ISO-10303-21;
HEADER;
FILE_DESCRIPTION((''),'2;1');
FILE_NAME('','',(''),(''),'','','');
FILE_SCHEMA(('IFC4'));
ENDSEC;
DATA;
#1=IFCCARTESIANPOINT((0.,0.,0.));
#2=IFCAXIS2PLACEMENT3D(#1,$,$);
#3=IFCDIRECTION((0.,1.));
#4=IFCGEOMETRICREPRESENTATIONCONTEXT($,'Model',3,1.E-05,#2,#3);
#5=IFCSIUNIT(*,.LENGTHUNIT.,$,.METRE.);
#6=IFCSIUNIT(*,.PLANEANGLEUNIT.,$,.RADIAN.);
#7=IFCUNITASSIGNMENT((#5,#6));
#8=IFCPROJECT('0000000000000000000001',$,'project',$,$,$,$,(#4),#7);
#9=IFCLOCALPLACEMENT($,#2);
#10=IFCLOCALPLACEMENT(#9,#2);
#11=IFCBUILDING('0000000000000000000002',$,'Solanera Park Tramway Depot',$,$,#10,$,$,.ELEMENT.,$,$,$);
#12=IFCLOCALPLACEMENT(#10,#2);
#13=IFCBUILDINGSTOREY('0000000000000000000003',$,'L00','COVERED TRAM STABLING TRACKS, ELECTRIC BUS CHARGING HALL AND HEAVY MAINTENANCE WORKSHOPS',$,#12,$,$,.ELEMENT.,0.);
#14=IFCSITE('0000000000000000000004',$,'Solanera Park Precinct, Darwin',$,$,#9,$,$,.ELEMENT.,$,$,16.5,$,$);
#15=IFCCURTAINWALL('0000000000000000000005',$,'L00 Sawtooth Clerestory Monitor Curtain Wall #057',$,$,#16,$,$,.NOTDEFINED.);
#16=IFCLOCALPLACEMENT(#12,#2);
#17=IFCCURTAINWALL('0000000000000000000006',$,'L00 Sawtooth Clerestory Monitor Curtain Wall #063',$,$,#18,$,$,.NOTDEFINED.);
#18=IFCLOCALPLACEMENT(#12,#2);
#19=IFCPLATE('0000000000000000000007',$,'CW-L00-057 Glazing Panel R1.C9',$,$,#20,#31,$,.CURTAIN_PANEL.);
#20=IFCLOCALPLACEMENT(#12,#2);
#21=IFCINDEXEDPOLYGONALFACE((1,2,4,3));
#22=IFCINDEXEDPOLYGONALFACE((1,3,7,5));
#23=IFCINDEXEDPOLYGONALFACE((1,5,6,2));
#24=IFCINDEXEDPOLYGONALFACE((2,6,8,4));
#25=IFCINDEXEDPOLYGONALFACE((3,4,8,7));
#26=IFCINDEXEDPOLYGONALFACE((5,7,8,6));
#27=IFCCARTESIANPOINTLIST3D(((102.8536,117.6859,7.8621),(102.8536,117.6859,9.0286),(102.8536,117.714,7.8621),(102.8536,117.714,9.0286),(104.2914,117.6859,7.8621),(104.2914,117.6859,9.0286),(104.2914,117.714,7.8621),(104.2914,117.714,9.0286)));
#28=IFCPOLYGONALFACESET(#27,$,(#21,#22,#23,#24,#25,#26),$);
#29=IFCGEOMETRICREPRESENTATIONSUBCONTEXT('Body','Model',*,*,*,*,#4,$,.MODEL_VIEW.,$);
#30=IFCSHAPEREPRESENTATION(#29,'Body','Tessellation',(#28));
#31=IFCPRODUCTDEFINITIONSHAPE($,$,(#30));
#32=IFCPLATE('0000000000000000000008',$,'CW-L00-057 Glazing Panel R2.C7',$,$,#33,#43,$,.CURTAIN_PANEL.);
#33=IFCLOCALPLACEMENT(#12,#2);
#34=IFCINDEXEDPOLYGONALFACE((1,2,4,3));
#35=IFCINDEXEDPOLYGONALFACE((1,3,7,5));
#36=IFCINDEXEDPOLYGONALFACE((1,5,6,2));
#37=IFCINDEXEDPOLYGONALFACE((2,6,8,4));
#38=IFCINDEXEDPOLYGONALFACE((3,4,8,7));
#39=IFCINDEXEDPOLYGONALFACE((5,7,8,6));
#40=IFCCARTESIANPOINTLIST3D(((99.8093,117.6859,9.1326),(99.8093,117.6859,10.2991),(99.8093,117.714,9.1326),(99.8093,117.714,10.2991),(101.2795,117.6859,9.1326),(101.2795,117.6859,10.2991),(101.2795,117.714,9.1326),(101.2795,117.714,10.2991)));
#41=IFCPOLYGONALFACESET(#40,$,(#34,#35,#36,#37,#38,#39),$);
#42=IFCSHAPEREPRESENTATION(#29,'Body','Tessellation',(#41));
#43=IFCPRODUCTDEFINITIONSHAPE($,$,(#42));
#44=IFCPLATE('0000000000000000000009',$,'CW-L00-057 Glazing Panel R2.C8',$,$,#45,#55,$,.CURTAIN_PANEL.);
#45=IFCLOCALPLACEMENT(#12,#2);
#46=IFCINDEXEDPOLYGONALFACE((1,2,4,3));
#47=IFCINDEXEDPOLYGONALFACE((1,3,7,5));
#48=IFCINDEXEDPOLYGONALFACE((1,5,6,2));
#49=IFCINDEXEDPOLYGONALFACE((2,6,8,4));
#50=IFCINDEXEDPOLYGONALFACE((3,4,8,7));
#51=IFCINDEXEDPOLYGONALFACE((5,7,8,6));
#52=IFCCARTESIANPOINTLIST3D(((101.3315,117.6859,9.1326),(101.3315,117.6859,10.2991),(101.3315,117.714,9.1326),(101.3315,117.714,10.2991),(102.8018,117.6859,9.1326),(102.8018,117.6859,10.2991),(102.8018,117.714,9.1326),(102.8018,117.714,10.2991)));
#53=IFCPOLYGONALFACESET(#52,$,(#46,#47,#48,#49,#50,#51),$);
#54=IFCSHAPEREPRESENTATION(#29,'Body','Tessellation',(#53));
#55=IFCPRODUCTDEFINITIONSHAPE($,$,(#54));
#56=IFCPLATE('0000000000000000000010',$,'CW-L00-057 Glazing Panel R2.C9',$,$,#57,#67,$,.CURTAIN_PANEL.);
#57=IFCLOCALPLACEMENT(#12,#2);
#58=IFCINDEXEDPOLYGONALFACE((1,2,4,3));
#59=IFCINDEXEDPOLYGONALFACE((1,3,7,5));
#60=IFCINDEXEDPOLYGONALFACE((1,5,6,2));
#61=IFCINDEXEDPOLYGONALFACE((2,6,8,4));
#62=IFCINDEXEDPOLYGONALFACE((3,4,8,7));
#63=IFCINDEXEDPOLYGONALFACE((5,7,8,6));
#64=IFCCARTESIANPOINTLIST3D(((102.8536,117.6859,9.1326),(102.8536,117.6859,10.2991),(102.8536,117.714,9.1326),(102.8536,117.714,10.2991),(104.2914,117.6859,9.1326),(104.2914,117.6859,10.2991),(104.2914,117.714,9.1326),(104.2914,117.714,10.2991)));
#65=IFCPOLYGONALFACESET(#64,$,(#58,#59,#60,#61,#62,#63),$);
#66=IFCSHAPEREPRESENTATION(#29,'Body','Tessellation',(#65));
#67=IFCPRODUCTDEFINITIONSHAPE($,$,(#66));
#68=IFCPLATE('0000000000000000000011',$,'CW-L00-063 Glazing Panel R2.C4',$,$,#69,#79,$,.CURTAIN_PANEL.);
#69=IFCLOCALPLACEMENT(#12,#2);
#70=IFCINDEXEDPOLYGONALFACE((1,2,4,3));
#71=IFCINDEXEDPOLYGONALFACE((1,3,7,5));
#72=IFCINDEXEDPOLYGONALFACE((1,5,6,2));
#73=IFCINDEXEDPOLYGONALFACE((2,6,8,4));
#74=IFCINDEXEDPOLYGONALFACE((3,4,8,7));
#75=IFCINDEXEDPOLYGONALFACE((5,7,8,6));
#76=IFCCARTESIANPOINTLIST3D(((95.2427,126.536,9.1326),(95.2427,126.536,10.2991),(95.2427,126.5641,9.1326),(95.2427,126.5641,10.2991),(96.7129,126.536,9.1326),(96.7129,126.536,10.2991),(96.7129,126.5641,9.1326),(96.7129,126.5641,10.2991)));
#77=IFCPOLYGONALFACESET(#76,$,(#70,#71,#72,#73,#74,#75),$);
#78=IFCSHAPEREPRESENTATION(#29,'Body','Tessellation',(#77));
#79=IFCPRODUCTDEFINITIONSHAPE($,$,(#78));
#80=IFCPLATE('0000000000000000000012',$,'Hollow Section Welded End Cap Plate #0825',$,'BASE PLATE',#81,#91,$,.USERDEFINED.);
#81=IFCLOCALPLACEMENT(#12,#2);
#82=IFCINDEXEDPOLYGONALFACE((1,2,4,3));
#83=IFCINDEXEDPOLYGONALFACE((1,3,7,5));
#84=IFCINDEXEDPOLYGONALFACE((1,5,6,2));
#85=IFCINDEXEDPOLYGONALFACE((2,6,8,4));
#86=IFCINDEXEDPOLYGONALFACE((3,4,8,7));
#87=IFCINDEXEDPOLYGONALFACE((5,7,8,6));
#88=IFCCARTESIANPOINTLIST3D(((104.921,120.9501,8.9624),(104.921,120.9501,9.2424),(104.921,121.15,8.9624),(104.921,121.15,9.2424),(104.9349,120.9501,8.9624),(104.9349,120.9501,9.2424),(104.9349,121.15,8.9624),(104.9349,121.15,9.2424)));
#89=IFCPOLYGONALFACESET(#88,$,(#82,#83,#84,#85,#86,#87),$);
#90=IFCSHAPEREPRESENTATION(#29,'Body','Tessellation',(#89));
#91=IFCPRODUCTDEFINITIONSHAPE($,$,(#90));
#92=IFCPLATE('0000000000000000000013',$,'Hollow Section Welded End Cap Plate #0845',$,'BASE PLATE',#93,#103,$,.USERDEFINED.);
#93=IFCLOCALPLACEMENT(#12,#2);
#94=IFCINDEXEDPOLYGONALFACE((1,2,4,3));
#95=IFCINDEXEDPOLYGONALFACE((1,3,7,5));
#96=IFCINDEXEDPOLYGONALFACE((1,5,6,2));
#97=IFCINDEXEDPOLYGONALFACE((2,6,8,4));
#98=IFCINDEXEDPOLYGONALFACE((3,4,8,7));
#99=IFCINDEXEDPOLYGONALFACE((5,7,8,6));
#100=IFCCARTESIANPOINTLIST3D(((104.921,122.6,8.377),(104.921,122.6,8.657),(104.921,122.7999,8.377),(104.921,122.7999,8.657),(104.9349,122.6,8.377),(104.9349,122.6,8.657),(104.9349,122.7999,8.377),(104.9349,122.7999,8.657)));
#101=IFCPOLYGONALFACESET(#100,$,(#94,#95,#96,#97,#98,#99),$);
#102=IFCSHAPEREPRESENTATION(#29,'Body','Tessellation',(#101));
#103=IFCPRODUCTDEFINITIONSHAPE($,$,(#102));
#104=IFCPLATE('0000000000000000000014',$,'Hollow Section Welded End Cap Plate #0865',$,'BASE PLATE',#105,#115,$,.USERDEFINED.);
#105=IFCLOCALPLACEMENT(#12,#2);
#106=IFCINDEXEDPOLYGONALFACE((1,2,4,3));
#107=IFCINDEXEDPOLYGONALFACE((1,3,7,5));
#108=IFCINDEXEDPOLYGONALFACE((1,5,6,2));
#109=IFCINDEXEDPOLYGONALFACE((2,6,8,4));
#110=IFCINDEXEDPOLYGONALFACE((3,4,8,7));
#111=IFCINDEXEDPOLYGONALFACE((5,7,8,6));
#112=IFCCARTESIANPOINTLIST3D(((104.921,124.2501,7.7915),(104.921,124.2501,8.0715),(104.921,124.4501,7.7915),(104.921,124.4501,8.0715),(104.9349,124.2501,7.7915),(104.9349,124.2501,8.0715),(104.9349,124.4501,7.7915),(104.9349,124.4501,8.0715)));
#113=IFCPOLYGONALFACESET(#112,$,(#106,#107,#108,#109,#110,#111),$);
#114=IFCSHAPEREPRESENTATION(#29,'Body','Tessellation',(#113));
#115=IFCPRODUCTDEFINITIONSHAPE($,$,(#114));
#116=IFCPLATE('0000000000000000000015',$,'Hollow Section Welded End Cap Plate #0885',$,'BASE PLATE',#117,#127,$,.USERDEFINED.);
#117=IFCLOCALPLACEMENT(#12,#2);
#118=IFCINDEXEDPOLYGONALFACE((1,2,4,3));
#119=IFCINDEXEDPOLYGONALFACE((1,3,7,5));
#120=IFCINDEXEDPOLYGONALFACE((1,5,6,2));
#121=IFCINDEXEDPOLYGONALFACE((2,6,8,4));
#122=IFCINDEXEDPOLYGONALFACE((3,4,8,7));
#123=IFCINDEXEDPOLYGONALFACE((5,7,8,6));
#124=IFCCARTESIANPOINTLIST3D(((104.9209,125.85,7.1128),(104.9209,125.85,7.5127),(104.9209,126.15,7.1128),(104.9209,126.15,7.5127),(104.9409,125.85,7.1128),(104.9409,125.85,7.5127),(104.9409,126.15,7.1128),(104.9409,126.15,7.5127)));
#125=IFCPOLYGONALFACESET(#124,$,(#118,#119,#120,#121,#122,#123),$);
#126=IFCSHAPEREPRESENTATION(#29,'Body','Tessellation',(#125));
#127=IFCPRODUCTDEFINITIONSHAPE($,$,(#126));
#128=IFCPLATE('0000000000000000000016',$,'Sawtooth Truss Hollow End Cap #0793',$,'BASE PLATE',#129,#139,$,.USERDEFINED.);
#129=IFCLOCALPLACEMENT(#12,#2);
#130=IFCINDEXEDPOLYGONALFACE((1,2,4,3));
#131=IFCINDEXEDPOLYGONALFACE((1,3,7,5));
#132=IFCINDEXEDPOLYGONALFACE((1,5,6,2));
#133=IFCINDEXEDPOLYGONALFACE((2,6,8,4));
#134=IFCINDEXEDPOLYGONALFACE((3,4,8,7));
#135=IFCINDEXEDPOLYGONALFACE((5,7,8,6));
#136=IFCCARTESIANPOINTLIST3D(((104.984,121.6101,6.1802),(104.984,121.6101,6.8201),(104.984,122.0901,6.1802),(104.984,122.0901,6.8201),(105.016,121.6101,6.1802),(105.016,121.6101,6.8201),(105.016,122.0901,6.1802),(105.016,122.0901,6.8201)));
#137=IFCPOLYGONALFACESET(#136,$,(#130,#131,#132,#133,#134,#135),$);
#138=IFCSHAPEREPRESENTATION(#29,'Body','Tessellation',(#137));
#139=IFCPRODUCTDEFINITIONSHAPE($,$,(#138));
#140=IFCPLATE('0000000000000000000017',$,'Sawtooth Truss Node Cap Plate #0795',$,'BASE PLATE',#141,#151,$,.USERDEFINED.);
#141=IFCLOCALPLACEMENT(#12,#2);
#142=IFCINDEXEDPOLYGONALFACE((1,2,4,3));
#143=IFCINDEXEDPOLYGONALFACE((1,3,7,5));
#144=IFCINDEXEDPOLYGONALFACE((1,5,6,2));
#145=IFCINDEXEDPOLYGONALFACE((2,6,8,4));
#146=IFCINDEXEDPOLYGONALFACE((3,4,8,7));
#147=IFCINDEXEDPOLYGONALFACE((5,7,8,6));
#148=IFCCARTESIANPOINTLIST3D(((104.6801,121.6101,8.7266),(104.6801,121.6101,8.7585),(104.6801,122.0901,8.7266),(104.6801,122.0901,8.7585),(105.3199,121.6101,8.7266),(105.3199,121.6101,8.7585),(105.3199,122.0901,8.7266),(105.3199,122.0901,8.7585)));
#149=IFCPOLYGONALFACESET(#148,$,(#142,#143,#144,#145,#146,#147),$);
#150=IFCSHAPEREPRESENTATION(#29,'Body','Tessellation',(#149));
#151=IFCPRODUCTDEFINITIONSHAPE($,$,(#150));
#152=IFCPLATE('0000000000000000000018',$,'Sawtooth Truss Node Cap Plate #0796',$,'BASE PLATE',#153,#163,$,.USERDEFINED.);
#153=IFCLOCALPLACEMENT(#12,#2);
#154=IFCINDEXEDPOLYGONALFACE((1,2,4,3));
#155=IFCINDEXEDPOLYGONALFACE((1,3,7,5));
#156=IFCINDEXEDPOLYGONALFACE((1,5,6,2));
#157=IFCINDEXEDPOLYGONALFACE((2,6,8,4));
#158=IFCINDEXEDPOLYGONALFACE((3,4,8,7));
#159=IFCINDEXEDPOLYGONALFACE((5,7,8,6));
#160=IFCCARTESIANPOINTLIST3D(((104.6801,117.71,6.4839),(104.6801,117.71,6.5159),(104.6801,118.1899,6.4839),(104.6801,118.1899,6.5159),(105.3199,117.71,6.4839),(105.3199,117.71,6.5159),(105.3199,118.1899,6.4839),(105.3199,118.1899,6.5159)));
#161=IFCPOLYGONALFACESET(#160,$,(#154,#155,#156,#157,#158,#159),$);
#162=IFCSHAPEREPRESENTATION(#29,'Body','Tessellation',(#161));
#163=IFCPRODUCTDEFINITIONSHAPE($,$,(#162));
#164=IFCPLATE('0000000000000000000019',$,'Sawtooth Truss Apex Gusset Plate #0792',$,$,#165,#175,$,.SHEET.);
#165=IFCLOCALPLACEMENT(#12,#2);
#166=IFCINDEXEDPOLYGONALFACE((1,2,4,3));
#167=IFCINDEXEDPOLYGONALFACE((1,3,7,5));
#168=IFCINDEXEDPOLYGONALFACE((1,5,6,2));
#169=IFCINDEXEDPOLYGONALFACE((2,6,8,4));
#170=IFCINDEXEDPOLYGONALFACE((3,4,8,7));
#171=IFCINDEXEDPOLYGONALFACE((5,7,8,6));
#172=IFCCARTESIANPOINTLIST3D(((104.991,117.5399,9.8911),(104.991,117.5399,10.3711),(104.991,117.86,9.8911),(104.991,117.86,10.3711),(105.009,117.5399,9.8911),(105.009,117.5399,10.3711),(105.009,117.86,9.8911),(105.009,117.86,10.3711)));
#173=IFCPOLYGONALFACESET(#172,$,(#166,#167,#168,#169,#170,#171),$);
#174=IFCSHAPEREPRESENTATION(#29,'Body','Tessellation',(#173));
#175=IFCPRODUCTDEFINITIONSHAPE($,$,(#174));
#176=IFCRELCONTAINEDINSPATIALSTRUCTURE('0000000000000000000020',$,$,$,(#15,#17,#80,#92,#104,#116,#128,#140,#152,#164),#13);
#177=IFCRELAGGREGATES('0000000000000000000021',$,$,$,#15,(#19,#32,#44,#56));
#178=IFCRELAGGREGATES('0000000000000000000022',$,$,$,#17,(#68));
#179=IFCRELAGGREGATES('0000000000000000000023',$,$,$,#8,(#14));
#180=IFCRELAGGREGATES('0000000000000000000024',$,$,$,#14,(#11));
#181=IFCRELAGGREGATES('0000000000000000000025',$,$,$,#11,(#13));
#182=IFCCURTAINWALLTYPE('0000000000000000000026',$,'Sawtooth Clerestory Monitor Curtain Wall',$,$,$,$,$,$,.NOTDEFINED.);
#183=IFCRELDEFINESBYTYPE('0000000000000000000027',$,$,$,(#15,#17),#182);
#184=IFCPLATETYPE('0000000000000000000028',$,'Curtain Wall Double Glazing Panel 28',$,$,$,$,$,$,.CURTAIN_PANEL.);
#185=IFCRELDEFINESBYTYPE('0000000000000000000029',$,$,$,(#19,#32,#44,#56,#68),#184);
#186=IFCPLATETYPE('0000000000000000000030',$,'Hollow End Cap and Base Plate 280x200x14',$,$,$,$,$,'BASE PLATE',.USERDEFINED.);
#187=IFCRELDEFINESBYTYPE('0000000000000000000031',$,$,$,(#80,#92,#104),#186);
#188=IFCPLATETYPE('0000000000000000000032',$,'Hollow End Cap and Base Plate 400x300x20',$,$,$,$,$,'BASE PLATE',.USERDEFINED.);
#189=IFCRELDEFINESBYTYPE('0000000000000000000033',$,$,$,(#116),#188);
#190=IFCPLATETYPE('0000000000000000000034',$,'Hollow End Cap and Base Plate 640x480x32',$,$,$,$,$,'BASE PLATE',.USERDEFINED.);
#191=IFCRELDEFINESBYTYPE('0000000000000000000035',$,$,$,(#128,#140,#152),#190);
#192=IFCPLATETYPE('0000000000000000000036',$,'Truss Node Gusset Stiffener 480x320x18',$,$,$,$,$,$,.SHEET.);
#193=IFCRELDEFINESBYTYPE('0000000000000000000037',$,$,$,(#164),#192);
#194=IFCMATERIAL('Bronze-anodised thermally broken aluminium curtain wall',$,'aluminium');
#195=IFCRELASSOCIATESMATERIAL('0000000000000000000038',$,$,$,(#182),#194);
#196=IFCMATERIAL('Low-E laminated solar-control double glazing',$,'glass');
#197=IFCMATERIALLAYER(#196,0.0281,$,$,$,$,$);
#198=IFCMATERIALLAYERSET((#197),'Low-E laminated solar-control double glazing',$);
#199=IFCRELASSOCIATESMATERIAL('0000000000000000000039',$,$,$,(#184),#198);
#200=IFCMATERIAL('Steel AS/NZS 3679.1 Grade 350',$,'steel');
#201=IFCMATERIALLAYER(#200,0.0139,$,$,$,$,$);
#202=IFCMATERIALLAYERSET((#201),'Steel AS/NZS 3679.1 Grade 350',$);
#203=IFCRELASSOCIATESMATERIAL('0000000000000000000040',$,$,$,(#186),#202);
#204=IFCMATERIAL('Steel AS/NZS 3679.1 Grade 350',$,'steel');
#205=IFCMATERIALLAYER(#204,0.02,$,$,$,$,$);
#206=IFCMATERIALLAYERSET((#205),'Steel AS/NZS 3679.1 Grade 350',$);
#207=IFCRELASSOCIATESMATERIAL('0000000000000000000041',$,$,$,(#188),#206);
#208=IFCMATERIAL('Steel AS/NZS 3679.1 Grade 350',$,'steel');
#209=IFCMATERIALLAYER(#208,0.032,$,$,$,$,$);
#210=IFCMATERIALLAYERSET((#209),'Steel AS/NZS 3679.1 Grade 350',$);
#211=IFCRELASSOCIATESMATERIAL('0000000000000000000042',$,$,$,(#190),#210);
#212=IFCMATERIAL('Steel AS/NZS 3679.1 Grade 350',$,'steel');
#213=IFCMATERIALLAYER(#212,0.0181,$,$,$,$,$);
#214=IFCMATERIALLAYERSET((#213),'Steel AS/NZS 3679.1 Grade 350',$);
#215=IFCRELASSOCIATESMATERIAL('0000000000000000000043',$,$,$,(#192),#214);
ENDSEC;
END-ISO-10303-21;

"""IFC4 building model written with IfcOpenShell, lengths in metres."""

from ifc_helpers import new_model, si_unit, direction, frame, origin, origin_2d, place, context, subcontext, project, spatial, rectangle, extrude, material, layer, layer_set, type_object, element, aggregate, save


model = new_model("IFC4")

# Units and contexts
model_context = context("Model", 3, precision=1e-05, world=origin(), true_north=direction((0.0, 1.0)))
body_context = subcontext(model_context, "Body", "Model", "MODEL_VIEW")
ifc_project = project(units=[si_unit("LENGTHUNIT", "METRE"), si_unit("PLANEANGLEUNIT", "RADIAN")], contexts=[model_context])

# Site, building, storey
site_placement = place(None, origin())
site = spatial("IfcSite", under=ifc_project, at=site_placement, Name="Solanera Park Precinct, Darwin", CompositionType="ELEMENT", RefElevation=16.5)
building_placement = place(site_placement, origin())
building = spatial("IfcBuilding", under=site, at=building_placement, Name="Solanera Park Tramway Depot", CompositionType="ELEMENT")
storey_placement = place(building_placement, origin())
storey = spatial("IfcBuildingStorey", under=building, at=storey_placement, Name="L00", Description="COVERED TRAM STABLING TRACKS, ELECTRIC BUS CHARGING HALL AND HEAVY MAINTENANCE WORKSHOPS", CompositionType="ELEMENT", Elevation=0.0)

# Curtain wall
ifc_material_1 = material(Name="Bronze-anodised thermally broken aluminium curtain wall", Category="aluminium")
curtain_wall_type = type_object("IfcCurtainWallType", Name="Sawtooth Clerestory Monitor Curtain Wall", PredefinedType="NOTDEFINED", material=ifc_material_1)
curtain_wall_1_placement = place(storey_placement, origin())
curtain_wall_1 = element("IfcCurtainWall", 1, at=curtain_wall_1_placement, inside=storey, type_object=curtain_wall_type, Name="L00 Sawtooth Clerestory Monitor Curtain Wall #057", PredefinedType="NOTDEFINED")

# Curtain wall
curtain_wall_2_placement = place(storey_placement, origin())
curtain_wall_2 = element("IfcCurtainWall", 2, at=curtain_wall_2_placement, inside=storey, type_object=curtain_wall_type, Name="L00 Sawtooth Clerestory Monitor Curtain Wall #063", PredefinedType="NOTDEFINED")

# Plates
ifc_material_2 = material(Name="Low-E laminated solar-control double glazing", Category="glass")
ifc_layer_1 = layer(ifc_material_2, 0.0281)
ifc_layer_set_1 = layer_set([ifc_layer_1], Name="Low-E laminated solar-control double glazing")
plate_type_1 = type_object("IfcPlateType", Name="Curtain Wall Double Glazing Panel 28", PredefinedType="CURTAIN_PANEL", material=ifc_layer_set_1)
plate_1_placement = place(storey_placement, frame((103.5725, 117.7, 7.8621), z_axis=(0.0, 0.0, 1.0), x_axis=(1.0, 0.0, 0.0)))
plate_1 = element("IfcPlate", 3, at=plate_1_placement, type_object=plate_type_1, Name="CW-L00-057 Glazing Panel R1.C9", PredefinedType="CURTAIN_PANEL", context=body_context, shape_type="SweptSolid", body=[
    extrude(rectangle(XDim=1.4377, YDim=0.0281, at=origin_2d()), origin(), (0.0, 0.0, 1.0), 1.1665),
])
plate_2_placement = place(storey_placement, frame((100.5444, 117.7, 9.1326), z_axis=(0.0, 0.0, 1.0), x_axis=(1.0, 0.0, 0.0)))
plate_2 = element("IfcPlate", 4, at=plate_2_placement, type_object=plate_type_1, Name="CW-L00-057 Glazing Panel R2.C7", PredefinedType="CURTAIN_PANEL", context=body_context, shape_type="SweptSolid", body=[
    extrude(rectangle(XDim=1.4702, YDim=0.0281, at=origin_2d()), origin(), (0.0, 0.0, 1.0), 1.1665),
])
plate_3_placement = place(storey_placement, frame((102.0667, 117.7, 9.1326), z_axis=(0.0, 0.0, 1.0), x_axis=(1.0, 0.0, 0.0)))
plate_3 = element("IfcPlate", 5, at=plate_3_placement, type_object=plate_type_1, Name="CW-L00-057 Glazing Panel R2.C8", PredefinedType="CURTAIN_PANEL", context=body_context, shape_type="SweptSolid", body=[
    extrude(rectangle(XDim=1.4702, YDim=0.0281, at=origin_2d()), origin(), (0.0, 0.0, 1.0), 1.1665),
])
plate_4_placement = place(storey_placement, frame((103.5725, 117.7, 9.1326), z_axis=(0.0, 0.0, 1.0), x_axis=(1.0, 0.0, 0.0)))
plate_4 = element("IfcPlate", 6, at=plate_4_placement, type_object=plate_type_1, Name="CW-L00-057 Glazing Panel R2.C9", PredefinedType="CURTAIN_PANEL", context=body_context, shape_type="SweptSolid", body=[
    extrude(rectangle(XDim=1.4377, YDim=0.0281, at=origin_2d()), origin(), (0.0, 0.0, 1.0), 1.1665),
])
aggregate(curtain_wall_1, [plate_1, plate_2, plate_3, plate_4])
plate_5_placement = place(storey_placement, frame((95.9778, 126.55, 9.1326), z_axis=(0.0, 0.0, 1.0), x_axis=(1.0, 0.0, 0.0)))
plate_5 = element("IfcPlate", 7, at=plate_5_placement, type_object=plate_type_1, Name="CW-L00-063 Glazing Panel R2.C4", PredefinedType="CURTAIN_PANEL", context=body_context, shape_type="SweptSolid", body=[
    extrude(rectangle(XDim=1.4702, YDim=0.0281, at=origin_2d()), origin(), (0.0, 0.0, 1.0), 1.1665),
])
aggregate(curtain_wall_2, [plate_5])

# Plates
ifc_material_3 = material(Name="Steel AS/NZS 3679.1 Grade 350", Category="steel")
ifc_layer_2 = layer(ifc_material_3, 0.0139)
ifc_layer_set_2 = layer_set([ifc_layer_2], Name="Steel AS/NZS 3679.1 Grade 350")
plate_type_2 = type_object("IfcPlateType", Name="Hollow End Cap and Base Plate 280x200x14", ElementType="BASE PLATE", PredefinedType="USERDEFINED", material=ifc_layer_set_2)
for number, where, z_axis, x_axis, name in (
    (8, (104.928, 121.05, 8.9624), (0.0, 0.0, 1.0), (1.0, 0.0, 0.0), "Hollow Section Welded End Cap Plate #0825"),
    (9, (104.928, 122.7, 8.377), (0.0, 0.0, 1.0), (1.0, 0.0, 0.0), "Hollow Section Welded End Cap Plate #0845"),
    (10, (104.928, 124.3501, 7.7915), (0.0, 0.0, 1.0), (1.0, 0.0, 0.0), "Hollow Section Welded End Cap Plate #0865"),
):
    element("IfcPlate", number, at=place(storey_placement, frame(where, z_axis=z_axis, x_axis=x_axis)), inside=storey, type_object=plate_type_2, Name=name, ObjectType="BASE PLATE", PredefinedType="USERDEFINED", context=body_context, shape_type="SweptSolid", body=[
        extrude(rectangle(XDim=0.0139, YDim=0.2, at=origin_2d()), origin(), (0.0, 0.0, 1.0), 0.28),
    ])
ifc_material_4 = material(Name="Steel AS/NZS 3679.1 Grade 350", Category="steel")
ifc_layer_3 = layer(ifc_material_4, 0.02)
ifc_layer_set_3 = layer_set([ifc_layer_3], Name="Steel AS/NZS 3679.1 Grade 350")
plate_type_3 = type_object("IfcPlateType", Name="Hollow End Cap and Base Plate 400x300x20", ElementType="BASE PLATE", PredefinedType="USERDEFINED", material=ifc_layer_set_3)
plate_6_placement = place(storey_placement, frame((104.9309, 126.0, 7.1128), z_axis=(0.0, 0.0, 1.0), x_axis=(1.0, 0.0, 0.0)))
element("IfcPlate", 11, at=plate_6_placement, inside=storey, type_object=plate_type_3, Name="Hollow Section Welded End Cap Plate #0885", ObjectType="BASE PLATE", PredefinedType="USERDEFINED", context=body_context, shape_type="SweptSolid", body=[
    extrude(rectangle(XDim=0.02, YDim=0.3, at=origin_2d()), origin(), (0.0, 0.0, 1.0), 0.3999),
])
ifc_material_5 = material(Name="Steel AS/NZS 3679.1 Grade 350", Category="steel")
ifc_layer_4 = layer(ifc_material_5, 0.032)
ifc_layer_set_4 = layer_set([ifc_layer_4], Name="Steel AS/NZS 3679.1 Grade 350")
plate_type_4 = type_object("IfcPlateType", Name="Hollow End Cap and Base Plate 640x480x32", ElementType="BASE PLATE", PredefinedType="USERDEFINED", material=ifc_layer_set_4)
plate_7_placement = place(storey_placement, frame((105.0, 121.8501, 6.1802), z_axis=(0.0, 0.0, 1.0), x_axis=(1.0, 0.0, 0.0)))
element("IfcPlate", 12, at=plate_7_placement, inside=storey, type_object=plate_type_4, Name="Sawtooth Truss Hollow End Cap #0793", ObjectType="BASE PLATE", PredefinedType="USERDEFINED", context=body_context, shape_type="SweptSolid", body=[
    extrude(rectangle(XDim=0.032, YDim=0.48, at=origin_2d()), origin(), (0.0, 0.0, 1.0), 0.6399),
])
for number, where, z_axis, x_axis, name in (
    (13, (105.0, 121.8501, 8.7266), (0.0, 0.0, 1.0), (1.0, 0.0, 0.0), "Sawtooth Truss Node Cap Plate #0795"),
    (14, (105.0, 117.95, 6.4839), (0.0, 0.0, 1.0), (1.0, 0.0, 0.0), "Sawtooth Truss Node Cap Plate #0796"),
):
    element("IfcPlate", number, at=place(storey_placement, frame(where, z_axis=z_axis, x_axis=x_axis)), inside=storey, type_object=plate_type_4, Name=name, ObjectType="BASE PLATE", PredefinedType="USERDEFINED", context=body_context, shape_type="SweptSolid", body=[
        extrude(rectangle(XDim=0.6399, YDim=0.48, at=origin_2d()), origin(), (0.0, 0.0, 1.0), 0.032),
    ])
ifc_material_6 = material(Name="Steel AS/NZS 3679.1 Grade 350", Category="steel")
ifc_layer_5 = layer(ifc_material_6, 0.0181)
ifc_layer_set_5 = layer_set([ifc_layer_5], Name="Steel AS/NZS 3679.1 Grade 350")
plate_type_5 = type_object("IfcPlateType", Name="Truss Node Gusset Stiffener 480x320x18", PredefinedType="SHEET", material=ifc_layer_set_5)
plate_8_placement = place(storey_placement, frame((105.0, 117.7, 9.8911), z_axis=(0.0, 0.0, 1.0), x_axis=(1.0, 0.0, 0.0)))
element("IfcPlate", 15, at=plate_8_placement, inside=storey, type_object=plate_type_5, Name="Sawtooth Truss Apex Gusset Plate #0792", PredefinedType="SHEET", context=body_context, shape_type="SweptSolid", body=[
    extrude(rectangle(XDim=0.0181, YDim=0.3201, at=origin_2d()), origin(), (0.0, 0.0, 1.0), 0.48),
])

save(model, "model.ifc")
